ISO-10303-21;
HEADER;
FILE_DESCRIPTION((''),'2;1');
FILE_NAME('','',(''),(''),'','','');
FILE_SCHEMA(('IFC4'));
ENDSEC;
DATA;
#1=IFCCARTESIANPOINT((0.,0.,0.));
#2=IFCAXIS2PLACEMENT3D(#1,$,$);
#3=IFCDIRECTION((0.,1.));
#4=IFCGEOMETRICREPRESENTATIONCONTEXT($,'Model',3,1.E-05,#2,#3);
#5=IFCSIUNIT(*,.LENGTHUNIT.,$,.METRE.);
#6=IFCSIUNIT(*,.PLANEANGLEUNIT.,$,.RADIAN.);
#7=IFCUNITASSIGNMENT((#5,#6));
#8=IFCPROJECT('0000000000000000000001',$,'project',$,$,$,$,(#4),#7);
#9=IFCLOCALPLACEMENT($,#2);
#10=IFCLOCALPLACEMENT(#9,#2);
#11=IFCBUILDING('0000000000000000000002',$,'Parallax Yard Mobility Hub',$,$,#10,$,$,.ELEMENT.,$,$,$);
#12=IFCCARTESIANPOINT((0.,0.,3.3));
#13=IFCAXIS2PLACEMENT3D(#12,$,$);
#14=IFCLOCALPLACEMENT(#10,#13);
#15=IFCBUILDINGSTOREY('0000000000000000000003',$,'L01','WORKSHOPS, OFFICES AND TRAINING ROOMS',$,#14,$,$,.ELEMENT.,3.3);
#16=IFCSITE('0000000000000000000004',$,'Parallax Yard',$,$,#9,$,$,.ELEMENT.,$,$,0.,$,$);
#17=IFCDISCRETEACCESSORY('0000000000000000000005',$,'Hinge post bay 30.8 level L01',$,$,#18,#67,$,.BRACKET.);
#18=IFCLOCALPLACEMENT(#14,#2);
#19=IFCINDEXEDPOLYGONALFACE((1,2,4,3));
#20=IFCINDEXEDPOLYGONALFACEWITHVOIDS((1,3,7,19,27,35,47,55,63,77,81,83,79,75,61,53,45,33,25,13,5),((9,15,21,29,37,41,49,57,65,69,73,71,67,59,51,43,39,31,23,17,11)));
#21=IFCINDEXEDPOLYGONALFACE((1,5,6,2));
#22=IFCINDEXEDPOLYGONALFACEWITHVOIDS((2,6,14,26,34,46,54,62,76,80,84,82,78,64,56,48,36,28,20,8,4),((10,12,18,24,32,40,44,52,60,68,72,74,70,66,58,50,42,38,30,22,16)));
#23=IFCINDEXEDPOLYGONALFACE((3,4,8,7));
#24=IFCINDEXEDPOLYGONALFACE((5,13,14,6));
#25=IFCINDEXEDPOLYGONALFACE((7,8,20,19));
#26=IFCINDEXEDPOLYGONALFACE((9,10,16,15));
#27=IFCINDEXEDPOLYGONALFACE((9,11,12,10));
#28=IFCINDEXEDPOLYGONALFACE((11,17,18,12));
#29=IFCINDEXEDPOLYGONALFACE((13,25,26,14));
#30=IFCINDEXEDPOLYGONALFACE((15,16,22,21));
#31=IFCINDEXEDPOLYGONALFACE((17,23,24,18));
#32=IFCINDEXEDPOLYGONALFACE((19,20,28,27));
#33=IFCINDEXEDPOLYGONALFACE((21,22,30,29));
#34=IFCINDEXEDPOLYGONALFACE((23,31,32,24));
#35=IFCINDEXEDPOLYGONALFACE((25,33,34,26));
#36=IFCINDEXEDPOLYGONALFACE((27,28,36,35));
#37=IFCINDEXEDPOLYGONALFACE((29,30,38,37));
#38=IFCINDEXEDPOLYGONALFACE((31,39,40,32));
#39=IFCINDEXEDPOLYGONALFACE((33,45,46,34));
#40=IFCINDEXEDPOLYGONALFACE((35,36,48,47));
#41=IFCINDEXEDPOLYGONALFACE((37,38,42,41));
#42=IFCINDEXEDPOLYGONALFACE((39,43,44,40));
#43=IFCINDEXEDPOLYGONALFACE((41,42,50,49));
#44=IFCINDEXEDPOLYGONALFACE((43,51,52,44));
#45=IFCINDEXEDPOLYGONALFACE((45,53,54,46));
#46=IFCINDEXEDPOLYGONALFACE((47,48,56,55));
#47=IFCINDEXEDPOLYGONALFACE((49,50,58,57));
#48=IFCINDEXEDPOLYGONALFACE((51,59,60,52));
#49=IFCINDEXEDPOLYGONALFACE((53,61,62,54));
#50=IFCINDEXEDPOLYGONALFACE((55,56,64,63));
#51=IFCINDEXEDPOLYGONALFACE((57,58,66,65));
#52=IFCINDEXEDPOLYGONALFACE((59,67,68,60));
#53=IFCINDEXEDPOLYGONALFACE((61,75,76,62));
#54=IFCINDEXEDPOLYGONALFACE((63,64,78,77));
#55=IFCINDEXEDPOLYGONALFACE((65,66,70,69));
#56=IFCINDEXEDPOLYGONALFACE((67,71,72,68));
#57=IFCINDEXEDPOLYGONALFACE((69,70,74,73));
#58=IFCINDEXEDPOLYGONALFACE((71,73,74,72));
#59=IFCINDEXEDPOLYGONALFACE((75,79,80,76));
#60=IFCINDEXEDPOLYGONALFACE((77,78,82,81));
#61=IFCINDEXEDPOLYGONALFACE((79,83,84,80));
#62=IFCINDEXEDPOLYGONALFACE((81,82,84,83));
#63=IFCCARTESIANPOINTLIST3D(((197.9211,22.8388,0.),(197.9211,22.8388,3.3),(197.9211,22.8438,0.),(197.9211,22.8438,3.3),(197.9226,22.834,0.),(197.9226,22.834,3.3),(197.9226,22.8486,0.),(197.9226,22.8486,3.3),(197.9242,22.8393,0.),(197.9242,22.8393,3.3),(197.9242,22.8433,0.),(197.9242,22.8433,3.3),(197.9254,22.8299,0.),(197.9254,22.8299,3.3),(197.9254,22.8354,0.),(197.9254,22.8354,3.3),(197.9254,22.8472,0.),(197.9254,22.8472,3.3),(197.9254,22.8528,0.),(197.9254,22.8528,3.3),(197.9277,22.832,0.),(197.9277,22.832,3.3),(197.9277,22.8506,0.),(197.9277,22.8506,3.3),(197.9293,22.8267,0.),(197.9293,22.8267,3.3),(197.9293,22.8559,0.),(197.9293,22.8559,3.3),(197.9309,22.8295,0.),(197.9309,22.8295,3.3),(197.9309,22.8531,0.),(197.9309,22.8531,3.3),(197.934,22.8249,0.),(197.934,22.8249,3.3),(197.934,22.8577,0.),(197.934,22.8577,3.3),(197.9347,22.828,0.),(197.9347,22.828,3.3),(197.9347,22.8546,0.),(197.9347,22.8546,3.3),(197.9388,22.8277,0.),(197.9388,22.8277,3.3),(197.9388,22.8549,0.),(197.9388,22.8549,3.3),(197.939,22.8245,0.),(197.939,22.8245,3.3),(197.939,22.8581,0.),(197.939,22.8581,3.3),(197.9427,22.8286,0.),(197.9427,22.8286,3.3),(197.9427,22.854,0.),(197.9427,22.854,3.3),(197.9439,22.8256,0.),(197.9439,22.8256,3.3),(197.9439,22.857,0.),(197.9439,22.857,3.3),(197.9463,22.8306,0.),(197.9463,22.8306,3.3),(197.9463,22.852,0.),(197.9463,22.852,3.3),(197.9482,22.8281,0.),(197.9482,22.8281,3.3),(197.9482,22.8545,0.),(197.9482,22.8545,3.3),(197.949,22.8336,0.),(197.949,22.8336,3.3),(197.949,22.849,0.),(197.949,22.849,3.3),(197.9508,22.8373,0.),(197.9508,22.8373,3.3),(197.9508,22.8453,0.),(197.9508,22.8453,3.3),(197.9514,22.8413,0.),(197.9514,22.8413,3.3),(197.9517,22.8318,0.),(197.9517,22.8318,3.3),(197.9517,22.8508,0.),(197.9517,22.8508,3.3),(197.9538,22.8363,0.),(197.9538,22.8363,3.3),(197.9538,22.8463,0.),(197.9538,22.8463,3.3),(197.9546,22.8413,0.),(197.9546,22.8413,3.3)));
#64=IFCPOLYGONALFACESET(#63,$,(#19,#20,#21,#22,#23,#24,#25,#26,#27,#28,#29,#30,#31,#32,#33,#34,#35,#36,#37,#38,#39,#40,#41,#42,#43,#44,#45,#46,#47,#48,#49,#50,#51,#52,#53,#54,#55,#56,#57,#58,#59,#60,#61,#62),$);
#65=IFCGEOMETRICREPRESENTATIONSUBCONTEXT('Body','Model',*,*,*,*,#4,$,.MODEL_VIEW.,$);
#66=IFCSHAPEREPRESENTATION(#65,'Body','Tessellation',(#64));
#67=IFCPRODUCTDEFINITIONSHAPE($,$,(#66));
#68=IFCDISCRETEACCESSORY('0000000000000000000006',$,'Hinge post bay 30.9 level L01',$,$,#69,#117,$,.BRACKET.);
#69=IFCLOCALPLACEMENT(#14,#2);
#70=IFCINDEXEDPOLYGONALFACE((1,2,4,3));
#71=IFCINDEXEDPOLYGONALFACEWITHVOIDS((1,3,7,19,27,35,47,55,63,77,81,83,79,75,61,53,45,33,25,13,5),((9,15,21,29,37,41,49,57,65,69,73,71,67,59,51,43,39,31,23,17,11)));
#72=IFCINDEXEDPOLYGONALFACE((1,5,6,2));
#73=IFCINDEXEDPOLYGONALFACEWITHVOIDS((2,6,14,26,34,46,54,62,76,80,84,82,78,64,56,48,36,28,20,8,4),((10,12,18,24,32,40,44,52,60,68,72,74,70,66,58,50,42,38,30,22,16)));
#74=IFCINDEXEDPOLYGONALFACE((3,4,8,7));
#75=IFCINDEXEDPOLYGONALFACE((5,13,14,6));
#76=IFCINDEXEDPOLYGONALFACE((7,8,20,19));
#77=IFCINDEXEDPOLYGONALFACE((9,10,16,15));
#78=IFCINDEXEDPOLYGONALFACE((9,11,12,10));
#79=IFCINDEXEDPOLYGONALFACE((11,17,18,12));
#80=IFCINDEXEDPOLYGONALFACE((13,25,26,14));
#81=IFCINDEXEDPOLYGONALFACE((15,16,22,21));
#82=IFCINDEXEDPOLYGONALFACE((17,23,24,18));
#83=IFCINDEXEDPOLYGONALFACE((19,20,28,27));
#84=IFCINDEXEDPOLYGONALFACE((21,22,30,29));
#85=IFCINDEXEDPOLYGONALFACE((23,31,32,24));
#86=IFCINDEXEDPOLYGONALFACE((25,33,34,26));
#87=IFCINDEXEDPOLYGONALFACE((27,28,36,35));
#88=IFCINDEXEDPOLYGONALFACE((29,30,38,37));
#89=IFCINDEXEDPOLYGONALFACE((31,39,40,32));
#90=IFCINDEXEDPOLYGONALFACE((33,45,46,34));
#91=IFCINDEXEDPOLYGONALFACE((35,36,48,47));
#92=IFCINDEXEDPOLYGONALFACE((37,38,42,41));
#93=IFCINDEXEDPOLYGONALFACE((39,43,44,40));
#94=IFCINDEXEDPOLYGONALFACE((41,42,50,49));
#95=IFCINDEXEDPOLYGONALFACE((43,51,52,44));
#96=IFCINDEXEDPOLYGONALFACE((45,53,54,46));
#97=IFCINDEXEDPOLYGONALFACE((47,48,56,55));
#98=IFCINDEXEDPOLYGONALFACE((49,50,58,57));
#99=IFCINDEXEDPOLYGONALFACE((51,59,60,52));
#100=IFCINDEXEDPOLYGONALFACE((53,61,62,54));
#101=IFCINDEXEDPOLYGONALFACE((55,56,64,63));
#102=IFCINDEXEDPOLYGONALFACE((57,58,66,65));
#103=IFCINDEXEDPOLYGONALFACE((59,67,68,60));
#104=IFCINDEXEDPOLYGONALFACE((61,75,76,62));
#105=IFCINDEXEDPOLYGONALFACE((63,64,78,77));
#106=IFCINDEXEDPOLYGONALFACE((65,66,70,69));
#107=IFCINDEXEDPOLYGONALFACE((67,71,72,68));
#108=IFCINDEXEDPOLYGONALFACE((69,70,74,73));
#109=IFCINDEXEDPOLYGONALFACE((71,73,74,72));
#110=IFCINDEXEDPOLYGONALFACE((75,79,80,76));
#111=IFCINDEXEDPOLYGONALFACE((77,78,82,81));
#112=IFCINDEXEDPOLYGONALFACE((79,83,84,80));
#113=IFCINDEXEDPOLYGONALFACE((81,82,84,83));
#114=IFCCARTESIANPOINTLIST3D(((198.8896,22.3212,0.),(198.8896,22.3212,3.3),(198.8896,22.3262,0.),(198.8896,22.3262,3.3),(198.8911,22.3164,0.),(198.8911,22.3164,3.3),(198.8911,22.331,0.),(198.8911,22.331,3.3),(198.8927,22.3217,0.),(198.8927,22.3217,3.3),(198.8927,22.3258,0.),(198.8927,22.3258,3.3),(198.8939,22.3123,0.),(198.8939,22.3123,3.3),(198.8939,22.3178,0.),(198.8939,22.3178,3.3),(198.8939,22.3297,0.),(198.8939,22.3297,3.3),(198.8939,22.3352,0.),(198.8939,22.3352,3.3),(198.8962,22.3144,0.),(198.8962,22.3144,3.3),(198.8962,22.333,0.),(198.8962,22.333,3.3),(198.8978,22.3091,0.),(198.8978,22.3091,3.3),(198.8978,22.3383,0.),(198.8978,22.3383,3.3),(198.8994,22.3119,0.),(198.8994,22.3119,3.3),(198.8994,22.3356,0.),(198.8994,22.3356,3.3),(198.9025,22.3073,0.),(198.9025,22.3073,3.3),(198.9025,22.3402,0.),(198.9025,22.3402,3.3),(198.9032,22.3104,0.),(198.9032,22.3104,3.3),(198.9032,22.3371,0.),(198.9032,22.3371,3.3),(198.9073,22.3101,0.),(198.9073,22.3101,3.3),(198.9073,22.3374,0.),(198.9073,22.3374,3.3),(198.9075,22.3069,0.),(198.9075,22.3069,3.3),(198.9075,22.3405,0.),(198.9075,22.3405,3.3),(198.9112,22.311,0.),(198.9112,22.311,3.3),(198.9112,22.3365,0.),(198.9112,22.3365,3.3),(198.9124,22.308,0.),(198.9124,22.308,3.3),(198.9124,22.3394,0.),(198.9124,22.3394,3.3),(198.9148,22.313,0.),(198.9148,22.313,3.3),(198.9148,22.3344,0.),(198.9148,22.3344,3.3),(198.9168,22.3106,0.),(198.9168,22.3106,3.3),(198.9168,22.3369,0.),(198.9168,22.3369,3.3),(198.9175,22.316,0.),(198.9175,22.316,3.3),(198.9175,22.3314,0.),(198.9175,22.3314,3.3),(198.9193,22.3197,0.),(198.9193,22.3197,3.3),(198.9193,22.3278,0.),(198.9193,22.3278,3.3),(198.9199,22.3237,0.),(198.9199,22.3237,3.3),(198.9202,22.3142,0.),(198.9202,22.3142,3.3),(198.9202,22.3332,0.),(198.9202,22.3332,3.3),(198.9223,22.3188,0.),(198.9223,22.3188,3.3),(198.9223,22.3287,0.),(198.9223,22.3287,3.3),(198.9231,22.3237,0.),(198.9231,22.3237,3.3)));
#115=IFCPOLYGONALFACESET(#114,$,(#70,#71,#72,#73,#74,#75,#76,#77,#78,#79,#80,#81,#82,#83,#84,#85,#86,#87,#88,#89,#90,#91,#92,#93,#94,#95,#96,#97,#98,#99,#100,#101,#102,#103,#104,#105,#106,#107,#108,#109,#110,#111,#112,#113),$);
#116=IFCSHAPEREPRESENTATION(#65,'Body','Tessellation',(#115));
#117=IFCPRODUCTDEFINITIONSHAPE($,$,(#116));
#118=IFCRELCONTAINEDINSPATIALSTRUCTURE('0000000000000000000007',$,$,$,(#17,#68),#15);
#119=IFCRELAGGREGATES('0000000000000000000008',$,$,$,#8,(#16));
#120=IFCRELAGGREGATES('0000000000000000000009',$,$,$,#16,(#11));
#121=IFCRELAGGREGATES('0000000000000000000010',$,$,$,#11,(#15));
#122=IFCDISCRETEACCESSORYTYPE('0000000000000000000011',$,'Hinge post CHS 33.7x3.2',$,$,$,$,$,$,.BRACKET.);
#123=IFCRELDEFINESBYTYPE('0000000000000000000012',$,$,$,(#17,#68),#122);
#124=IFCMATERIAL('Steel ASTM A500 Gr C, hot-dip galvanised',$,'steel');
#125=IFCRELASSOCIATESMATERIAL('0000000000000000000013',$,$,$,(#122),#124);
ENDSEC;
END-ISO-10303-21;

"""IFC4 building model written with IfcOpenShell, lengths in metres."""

from ifc_helpers import new_model, si_unit, direction, frame, origin, origin_2d, place, context, subcontext, project, spatial, hollow_circle, extrude, material, material_profile, profile_set, type_object, element, save


model = new_model("IFC4")

# Units and contexts
model_context = context("Model", 3, precision=1e-05, world=origin(), true_north=direction((0.0, 1.0)))
body_context = subcontext(model_context, "Body", "Model", "MODEL_VIEW")
ifc_project = project(units=[si_unit("LENGTHUNIT", "METRE"), si_unit("PLANEANGLEUNIT", "RADIAN")], contexts=[model_context])

# Site, building, storey
site_placement = place(None, origin())
site = spatial("IfcSite", under=ifc_project, at=site_placement, Name="Parallax Yard", CompositionType="ELEMENT", RefElevation=0.0)
building_placement = place(site_placement, origin())
building = spatial("IfcBuilding", under=site, at=building_placement, Name="Parallax Yard Mobility Hub", CompositionType="ELEMENT")
storey_placement = place(building_placement, frame((0.0, 0.0, 3.3)))
storey = spatial("IfcBuildingStorey", under=building, at=storey_placement, Name="L01", Description="WORKSHOPS, OFFICES AND TRAINING ROOMS", CompositionType="ELEMENT", Elevation=3.3)

# Discrete accessories
ifc_material_1 = material(Name="Steel ASTM A500 Gr C, hot-dip galvanised", Category="steel")
ifc_material_profile_1 = material_profile(ifc_material_1, hollow_circle(Radius=0.0168, WallThickness=0.0032, at=origin_2d()), Name="CHS 33.7x3.2")
ifc_profile_set_1 = profile_set([ifc_material_profile_1], Name="Steel ASTM A500 Gr C, hot-dip galvanised")
discrete_accessory_type_1 = type_object("IfcDiscreteAccessoryType", Name="Hinge post CHS 33.7x3.2", PredefinedType="BRACKET", material=ifc_profile_set_1)
for number, where, z_axis, x_axis, name in (
    (1, (197.9377, 22.8413, 0.0), (0.0, 0.0, 1.0), (1.0, 0.0, 0.0), "Hinge post bay 30.8 level L01"),
    (2, (198.9062, 22.3237, 0.0), (0.0, 0.0, 1.0), (1.0, 0.0, 0.0), "Hinge post bay 30.9 level L01"),
):
    element("IfcDiscreteAccessory", number, at=place(storey_placement, frame(where, z_axis=z_axis, x_axis=x_axis)), inside=storey, type_object=discrete_accessory_type_1, Name=name, PredefinedType="BRACKET", context=body_context, shape_type="SweptSolid", body=[
        extrude(hollow_circle(Radius=0.0168, WallThickness=0.0032, at=origin_2d()), origin(), (0.0, 0.0, 1.0), 3.3),
    ])

save(model, "model.ifc")
